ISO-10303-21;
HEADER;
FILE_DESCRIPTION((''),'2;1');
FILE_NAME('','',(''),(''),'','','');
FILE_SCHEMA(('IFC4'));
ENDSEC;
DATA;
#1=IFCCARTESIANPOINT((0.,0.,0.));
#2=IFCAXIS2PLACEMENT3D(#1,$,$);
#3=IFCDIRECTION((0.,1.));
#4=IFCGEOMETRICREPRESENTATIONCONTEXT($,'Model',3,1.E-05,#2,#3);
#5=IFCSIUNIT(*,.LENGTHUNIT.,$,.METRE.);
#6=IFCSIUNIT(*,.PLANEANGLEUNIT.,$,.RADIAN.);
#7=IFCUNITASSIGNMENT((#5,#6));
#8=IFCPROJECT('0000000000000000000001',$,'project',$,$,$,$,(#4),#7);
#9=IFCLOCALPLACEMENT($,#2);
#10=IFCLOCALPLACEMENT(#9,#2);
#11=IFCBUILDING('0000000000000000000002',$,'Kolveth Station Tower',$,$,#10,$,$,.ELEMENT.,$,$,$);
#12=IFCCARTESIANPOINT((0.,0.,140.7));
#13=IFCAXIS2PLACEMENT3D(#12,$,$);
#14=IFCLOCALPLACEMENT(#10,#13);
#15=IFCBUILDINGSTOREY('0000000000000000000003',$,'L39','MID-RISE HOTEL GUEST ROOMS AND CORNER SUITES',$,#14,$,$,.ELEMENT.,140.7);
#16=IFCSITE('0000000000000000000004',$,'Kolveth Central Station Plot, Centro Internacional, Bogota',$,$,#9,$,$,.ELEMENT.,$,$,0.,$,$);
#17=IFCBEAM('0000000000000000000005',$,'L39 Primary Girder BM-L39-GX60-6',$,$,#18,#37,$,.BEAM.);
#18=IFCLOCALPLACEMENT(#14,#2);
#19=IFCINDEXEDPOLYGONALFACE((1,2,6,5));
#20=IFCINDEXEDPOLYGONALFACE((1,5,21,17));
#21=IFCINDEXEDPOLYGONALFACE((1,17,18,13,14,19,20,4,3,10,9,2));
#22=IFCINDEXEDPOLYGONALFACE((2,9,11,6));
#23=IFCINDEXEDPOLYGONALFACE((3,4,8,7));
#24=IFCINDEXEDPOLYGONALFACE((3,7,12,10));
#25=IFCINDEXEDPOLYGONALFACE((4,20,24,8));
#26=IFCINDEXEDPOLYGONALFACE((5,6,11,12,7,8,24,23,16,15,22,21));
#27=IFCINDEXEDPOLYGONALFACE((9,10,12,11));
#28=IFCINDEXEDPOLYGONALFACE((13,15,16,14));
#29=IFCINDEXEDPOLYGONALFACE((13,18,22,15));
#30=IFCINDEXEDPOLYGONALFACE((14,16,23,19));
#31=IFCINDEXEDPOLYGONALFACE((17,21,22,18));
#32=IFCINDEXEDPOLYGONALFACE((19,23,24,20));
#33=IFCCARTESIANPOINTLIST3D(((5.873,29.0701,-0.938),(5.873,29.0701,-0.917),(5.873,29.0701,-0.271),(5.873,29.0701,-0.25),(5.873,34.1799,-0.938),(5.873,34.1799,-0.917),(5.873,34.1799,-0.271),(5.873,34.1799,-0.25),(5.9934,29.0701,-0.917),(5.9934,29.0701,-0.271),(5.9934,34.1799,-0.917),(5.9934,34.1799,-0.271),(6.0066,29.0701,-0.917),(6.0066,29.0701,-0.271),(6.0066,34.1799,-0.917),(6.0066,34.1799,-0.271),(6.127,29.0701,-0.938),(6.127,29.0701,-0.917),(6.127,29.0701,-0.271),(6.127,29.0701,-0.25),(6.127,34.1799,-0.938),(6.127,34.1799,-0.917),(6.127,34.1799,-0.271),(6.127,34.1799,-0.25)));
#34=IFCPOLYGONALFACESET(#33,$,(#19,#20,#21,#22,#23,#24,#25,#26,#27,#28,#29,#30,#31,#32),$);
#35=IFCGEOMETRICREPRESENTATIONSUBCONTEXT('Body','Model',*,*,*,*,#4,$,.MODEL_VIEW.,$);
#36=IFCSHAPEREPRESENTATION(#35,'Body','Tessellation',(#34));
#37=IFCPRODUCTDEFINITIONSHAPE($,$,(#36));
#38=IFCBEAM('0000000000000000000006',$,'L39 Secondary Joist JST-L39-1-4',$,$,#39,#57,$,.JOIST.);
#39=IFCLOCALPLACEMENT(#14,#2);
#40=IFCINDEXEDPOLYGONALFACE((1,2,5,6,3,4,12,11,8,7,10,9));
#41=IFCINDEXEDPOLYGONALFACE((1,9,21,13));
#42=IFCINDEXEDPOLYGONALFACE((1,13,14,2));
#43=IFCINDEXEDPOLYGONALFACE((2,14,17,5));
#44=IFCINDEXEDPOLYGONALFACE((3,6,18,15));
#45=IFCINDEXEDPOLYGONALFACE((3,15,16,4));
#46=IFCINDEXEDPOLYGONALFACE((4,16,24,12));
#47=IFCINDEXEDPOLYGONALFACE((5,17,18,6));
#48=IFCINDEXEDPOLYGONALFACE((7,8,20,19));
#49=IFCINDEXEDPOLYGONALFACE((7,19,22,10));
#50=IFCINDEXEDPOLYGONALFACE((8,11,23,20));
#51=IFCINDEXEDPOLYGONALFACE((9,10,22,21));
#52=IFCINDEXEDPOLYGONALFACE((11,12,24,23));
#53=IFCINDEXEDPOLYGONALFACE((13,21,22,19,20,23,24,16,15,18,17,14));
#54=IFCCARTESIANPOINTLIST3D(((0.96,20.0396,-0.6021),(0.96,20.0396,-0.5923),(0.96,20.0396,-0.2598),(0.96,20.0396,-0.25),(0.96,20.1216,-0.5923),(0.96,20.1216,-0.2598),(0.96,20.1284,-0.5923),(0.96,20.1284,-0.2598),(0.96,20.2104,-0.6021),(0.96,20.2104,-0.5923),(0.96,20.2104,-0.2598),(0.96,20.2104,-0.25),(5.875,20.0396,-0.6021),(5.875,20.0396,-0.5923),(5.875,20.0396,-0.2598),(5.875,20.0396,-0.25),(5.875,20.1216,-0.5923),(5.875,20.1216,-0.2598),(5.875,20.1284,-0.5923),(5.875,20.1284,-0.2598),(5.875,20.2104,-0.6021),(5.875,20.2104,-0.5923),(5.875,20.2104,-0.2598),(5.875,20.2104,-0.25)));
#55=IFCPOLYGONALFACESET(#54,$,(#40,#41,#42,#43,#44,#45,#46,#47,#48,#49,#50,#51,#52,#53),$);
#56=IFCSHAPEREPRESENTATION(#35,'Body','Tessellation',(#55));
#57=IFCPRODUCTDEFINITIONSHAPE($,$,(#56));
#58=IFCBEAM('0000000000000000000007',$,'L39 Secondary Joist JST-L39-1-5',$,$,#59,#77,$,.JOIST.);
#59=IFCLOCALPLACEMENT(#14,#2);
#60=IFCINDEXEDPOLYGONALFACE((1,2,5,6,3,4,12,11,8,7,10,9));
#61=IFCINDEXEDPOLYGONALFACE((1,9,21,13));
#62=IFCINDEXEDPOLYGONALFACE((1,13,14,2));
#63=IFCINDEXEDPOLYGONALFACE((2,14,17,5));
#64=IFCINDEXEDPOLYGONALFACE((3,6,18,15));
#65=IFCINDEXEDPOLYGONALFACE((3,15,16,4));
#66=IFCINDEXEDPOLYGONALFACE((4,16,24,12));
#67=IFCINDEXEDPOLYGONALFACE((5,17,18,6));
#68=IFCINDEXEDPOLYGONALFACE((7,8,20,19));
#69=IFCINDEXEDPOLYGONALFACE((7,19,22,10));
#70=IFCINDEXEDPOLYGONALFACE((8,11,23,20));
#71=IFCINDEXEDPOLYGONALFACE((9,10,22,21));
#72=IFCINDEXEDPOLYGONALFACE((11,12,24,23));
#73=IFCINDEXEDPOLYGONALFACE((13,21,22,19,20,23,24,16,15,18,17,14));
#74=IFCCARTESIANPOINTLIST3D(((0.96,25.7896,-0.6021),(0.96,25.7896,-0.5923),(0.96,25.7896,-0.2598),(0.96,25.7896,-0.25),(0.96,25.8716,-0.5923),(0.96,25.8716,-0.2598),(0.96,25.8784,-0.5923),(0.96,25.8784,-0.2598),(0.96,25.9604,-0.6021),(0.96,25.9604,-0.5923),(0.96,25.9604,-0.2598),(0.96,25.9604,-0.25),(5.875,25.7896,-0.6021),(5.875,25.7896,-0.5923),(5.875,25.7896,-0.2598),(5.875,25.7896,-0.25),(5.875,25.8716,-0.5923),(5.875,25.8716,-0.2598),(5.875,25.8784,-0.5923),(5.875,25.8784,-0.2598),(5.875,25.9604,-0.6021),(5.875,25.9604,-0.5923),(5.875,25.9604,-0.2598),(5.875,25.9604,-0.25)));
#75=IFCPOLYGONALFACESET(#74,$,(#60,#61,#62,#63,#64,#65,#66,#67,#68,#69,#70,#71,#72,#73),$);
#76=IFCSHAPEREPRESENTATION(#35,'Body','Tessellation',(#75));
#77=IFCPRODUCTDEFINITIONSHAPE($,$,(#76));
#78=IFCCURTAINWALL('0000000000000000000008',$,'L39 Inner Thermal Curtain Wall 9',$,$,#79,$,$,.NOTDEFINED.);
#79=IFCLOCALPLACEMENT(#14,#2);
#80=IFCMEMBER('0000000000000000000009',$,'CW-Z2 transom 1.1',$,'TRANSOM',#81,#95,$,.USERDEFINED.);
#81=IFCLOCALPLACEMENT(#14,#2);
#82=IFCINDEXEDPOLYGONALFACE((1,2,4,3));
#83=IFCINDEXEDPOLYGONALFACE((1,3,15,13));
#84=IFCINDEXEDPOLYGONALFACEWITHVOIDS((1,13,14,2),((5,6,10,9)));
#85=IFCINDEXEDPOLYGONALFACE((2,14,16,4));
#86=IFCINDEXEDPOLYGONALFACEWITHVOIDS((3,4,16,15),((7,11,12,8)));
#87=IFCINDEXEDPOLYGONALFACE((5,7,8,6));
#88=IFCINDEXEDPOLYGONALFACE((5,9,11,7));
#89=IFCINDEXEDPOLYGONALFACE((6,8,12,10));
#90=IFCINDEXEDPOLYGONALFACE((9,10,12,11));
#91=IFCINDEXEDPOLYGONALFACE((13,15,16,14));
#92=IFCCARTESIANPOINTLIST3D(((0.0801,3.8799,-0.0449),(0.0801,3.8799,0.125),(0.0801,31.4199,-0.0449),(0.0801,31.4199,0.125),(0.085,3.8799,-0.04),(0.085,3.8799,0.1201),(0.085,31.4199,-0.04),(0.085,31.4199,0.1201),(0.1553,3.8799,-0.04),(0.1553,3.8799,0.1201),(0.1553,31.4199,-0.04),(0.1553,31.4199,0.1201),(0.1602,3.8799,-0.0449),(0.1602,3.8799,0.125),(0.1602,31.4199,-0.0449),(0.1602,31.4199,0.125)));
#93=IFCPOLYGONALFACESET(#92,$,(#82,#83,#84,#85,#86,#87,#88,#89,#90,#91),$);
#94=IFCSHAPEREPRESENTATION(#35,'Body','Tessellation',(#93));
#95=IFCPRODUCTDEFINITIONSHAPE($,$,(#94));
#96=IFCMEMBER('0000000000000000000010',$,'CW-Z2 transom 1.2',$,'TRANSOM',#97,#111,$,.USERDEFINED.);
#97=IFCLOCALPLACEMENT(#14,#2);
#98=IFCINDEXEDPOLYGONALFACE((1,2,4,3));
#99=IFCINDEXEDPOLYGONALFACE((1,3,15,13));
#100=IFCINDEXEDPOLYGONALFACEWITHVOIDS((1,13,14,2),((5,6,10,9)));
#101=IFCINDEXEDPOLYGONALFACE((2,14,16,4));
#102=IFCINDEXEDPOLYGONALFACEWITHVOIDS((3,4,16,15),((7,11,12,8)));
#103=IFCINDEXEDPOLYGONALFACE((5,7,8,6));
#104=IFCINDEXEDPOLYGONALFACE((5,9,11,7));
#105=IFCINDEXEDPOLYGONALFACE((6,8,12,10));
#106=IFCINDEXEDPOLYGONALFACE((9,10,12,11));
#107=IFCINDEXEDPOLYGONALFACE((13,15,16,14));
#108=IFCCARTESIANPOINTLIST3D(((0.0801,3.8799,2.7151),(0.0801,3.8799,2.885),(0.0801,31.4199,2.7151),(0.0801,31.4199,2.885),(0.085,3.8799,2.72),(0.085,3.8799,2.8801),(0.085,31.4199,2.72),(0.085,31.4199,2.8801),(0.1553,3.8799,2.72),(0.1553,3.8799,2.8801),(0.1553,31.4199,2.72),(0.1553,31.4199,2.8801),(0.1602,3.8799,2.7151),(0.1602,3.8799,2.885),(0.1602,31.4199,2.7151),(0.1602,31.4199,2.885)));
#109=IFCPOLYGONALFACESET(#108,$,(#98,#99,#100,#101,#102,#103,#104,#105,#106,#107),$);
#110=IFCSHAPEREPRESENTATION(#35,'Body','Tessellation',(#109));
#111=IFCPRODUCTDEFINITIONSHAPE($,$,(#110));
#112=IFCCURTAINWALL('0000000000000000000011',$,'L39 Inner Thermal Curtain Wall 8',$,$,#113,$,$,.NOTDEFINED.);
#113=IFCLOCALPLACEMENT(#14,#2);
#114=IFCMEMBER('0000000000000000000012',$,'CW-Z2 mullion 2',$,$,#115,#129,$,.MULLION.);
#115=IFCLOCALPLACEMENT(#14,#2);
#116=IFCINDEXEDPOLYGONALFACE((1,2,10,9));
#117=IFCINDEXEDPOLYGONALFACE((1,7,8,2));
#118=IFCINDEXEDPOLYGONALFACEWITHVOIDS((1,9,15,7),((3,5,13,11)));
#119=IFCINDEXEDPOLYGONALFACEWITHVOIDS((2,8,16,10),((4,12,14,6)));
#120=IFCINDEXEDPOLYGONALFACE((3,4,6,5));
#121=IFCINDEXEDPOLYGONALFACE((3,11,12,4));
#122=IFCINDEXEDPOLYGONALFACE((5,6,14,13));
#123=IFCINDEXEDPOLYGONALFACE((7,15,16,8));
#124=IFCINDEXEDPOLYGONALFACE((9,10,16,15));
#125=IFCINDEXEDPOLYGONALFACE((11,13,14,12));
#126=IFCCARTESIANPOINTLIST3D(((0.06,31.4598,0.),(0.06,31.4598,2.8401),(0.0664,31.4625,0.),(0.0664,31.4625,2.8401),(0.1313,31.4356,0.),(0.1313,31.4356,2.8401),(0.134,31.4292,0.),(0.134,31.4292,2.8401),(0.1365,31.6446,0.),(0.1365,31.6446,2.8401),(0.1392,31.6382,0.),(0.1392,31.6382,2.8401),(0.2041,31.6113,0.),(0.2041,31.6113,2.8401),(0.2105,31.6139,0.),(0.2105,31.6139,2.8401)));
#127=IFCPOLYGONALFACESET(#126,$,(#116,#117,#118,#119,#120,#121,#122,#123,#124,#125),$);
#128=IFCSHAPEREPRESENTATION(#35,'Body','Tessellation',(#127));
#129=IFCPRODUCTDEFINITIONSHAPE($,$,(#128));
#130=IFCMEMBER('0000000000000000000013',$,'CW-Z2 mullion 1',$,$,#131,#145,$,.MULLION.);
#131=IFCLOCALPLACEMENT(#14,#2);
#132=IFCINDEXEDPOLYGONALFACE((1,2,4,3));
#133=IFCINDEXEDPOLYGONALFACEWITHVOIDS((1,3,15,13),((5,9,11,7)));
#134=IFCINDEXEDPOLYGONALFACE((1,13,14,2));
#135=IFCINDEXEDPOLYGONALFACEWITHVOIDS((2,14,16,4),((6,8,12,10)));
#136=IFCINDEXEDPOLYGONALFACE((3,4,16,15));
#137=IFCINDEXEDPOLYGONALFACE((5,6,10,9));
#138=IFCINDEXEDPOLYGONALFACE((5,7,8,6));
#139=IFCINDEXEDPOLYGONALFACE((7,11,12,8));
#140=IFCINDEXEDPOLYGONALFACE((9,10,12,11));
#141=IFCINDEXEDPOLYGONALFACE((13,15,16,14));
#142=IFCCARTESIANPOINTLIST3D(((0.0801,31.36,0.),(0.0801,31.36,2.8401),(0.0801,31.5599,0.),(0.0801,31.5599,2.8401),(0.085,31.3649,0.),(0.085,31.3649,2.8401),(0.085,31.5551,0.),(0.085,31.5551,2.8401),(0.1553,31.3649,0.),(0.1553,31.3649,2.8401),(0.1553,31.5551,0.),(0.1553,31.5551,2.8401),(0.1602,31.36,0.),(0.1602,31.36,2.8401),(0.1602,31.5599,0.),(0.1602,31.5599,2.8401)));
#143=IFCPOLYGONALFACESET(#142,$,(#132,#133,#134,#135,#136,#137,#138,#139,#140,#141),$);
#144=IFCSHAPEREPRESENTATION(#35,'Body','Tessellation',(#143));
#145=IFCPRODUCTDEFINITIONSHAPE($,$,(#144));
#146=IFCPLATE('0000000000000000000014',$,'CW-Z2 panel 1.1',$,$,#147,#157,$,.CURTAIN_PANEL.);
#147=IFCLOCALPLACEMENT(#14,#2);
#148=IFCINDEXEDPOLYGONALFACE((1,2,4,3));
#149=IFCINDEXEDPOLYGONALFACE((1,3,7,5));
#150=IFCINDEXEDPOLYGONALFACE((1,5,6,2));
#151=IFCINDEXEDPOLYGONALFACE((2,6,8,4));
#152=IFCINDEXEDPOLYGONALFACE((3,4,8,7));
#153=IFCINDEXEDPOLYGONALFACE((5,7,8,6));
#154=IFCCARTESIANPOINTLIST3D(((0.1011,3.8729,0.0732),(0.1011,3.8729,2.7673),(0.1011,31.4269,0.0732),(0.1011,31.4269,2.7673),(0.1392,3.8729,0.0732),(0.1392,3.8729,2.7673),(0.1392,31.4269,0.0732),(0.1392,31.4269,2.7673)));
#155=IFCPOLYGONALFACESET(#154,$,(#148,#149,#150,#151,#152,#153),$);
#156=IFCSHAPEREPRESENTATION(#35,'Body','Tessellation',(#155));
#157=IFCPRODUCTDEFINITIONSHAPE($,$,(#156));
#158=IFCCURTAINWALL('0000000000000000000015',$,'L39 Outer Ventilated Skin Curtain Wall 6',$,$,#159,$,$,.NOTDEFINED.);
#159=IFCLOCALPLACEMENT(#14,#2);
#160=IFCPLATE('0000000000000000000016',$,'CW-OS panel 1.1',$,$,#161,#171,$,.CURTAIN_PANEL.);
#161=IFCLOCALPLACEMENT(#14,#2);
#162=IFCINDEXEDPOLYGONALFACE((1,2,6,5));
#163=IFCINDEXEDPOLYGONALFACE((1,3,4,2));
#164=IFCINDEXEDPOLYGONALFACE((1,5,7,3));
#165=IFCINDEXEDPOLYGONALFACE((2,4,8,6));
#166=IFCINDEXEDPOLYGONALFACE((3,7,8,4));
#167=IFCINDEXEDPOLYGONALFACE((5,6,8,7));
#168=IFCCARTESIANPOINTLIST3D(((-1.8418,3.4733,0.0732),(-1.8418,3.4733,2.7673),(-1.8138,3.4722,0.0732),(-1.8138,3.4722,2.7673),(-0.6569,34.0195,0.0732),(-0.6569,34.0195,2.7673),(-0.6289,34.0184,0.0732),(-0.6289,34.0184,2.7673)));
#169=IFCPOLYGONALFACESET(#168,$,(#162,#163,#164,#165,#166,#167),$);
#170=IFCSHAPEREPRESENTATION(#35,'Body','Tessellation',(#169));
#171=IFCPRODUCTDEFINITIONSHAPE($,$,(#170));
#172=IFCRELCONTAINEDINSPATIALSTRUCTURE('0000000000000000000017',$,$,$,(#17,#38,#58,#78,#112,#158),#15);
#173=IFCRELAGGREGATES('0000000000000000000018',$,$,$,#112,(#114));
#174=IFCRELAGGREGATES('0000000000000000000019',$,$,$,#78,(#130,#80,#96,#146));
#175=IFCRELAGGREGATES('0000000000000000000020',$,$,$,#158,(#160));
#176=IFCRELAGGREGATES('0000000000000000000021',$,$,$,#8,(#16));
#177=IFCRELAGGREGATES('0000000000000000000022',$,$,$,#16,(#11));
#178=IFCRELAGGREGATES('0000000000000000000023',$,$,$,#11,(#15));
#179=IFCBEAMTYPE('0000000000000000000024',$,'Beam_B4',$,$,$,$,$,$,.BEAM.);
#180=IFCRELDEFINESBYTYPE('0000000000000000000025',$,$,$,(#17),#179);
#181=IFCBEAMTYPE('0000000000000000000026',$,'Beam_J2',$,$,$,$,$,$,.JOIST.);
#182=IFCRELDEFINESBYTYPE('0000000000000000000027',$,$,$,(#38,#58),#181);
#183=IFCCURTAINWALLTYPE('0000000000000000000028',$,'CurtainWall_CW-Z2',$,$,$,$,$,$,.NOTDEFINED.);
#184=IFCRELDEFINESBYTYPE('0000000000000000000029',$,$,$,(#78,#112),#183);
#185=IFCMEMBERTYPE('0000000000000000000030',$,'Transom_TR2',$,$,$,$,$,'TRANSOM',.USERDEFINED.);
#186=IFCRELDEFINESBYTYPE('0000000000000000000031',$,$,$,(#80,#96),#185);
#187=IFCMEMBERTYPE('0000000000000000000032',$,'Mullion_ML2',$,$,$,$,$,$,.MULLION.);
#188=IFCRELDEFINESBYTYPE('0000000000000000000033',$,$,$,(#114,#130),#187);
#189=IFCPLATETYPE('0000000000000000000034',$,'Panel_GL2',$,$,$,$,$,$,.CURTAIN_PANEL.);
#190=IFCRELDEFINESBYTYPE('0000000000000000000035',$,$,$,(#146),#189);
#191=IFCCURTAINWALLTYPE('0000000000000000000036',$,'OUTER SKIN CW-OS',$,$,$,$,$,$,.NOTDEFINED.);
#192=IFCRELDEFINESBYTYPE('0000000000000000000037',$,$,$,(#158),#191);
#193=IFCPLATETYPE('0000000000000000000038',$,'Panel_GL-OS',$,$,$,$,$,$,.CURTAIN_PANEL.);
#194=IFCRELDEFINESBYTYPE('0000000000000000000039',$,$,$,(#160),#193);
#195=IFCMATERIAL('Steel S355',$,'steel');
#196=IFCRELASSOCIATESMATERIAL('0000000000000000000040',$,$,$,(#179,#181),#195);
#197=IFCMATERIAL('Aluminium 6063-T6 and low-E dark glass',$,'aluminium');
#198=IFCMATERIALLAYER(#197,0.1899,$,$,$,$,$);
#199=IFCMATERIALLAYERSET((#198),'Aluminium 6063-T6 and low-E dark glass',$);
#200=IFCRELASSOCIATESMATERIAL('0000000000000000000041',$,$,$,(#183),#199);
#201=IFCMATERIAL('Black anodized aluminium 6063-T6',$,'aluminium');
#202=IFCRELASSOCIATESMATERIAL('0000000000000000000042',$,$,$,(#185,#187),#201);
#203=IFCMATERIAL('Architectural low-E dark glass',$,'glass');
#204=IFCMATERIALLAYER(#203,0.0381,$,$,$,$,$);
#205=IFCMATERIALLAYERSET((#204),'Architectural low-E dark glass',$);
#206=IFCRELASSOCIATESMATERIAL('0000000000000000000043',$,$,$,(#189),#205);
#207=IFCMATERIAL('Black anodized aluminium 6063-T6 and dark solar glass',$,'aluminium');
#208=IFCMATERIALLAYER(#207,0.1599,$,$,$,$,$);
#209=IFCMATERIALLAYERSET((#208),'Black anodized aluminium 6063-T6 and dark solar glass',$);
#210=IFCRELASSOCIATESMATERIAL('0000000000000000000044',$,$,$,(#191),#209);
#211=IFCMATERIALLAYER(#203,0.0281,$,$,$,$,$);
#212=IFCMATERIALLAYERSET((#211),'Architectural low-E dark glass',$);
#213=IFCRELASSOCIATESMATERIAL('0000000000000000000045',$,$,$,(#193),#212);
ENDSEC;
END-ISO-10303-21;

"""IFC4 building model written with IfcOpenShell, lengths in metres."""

from ifc_helpers import new_model, si_unit, direction, frame, origin, origin_2d, place, context, subcontext, project, spatial, rectangle, hollow_rectangle, i_section, extrude, source, transform, mapped, material, layer, layer_set, material_profile, profile_set, type_object, element, aggregate, save


model = new_model("IFC4")

# Units and contexts
model_context = context("Model", 3, precision=1e-05, world=origin(), true_north=direction((0.0, 1.0)))
body_context = subcontext(model_context, "Body", "Model", "MODEL_VIEW")
ifc_project = project(units=[si_unit("LENGTHUNIT", "METRE"), si_unit("PLANEANGLEUNIT", "RADIAN")], contexts=[model_context])

# Site, building, storey
site_placement = place(None, origin())
site = spatial("IfcSite", under=ifc_project, at=site_placement, Name="Kolveth Central Station Plot, Centro Internacional, Bogota", CompositionType="ELEMENT", RefElevation=0.0)
building_placement = place(site_placement, origin())
building = spatial("IfcBuilding", under=site, at=building_placement, Name="Kolveth Station Tower", CompositionType="ELEMENT")
storey_placement = place(building_placement, frame((0.0, 0.0, 140.7)))
storey = spatial("IfcBuildingStorey", under=building, at=storey_placement, Name="L39", Description="MID-RISE HOTEL GUEST ROOMS AND CORNER SUITES", CompositionType="ELEMENT", Elevation=140.7)

# Beams
ifc_material_1 = material(Name="Steel S355", Category="steel")
ifc_material_profile_1 = material_profile(ifc_material_1, i_section(OverallWidth=0.2539, OverallDepth=0.688, WebThickness=0.0132, FlangeThickness=0.021, at=origin_2d()), Name="W690x152")
ifc_profile_set_1 = profile_set([ifc_material_profile_1], Name="Steel S355")
beam_type_1 = type_object("IfcBeamType", Name="Beam_B4", PredefinedType="BEAM", material=ifc_profile_set_1)
shared_shape_1 = source(origin(), body_context, "Body", "SweptSolid", [
    extrude(i_section(OverallWidth=0.2539, OverallDepth=0.688, WebThickness=0.0132, FlangeThickness=0.021, at=origin_2d()), origin(), (0.0, 0.0, 1.0), 5.1099),
])
for number, where, z_axis, x_axis, name in (
    (1, (6.0, 29.0701, -0.594), (0.0, 1.0, 0.0), (-1.0, 0.0, 0.0), "L39 Primary Girder BM-L39-GX60-6"),
):
    element("IfcBeam", number, at=place(storey_placement, frame(where, z_axis=z_axis, x_axis=x_axis)), inside=storey, type_object=beam_type_1, Name=name, PredefinedType="BEAM", context=body_context, shape_type="MappedRepresentation", body=[
        mapped(shared_shape_1, transform((0.0, 0.0, 0.0), x_axis=(1.0, 0.0, 0.0), y_axis=(0.0, 1.0, 0.0), z_axis=(0.0, 0.0, 1.0), scale=1.0)),
    ])
ifc_material_profile_2 = material_profile(ifc_material_1, i_section(OverallWidth=0.1709, OverallDepth=0.3521, WebThickness=0.0068, FlangeThickness=0.0098, at=origin_2d()), Name="W360x44")
ifc_profile_set_2 = profile_set([ifc_material_profile_2], Name="Steel S355")
beam_type_2 = type_object("IfcBeamType", Name="Beam_J2", PredefinedType="JOIST", material=ifc_profile_set_2)
shared_shape_2 = source(origin(), body_context, "Body", "SweptSolid", [
    extrude(i_section(OverallWidth=0.1709, OverallDepth=0.3521, WebThickness=0.0068, FlangeThickness=0.0098, at=origin_2d()), origin(), (0.0, 0.0, 1.0), 4.915),
])
for number, where, z_axis, x_axis, name in (
    (2, (0.96, 20.125, -0.426), (1.0, 0.0, 0.0), (0.0, 1.0, 0.0), "L39 Secondary Joist JST-L39-1-4"),
    (3, (0.96, 25.875, -0.426), (1.0, 0.0, 0.0), (0.0, 1.0, 0.0), "L39 Secondary Joist JST-L39-1-5"),
):
    element("IfcBeam", number, at=place(storey_placement, frame(where, z_axis=z_axis, x_axis=x_axis)), inside=storey, type_object=beam_type_2, Name=name, PredefinedType="JOIST", context=body_context, shape_type="MappedRepresentation", body=[
        mapped(shared_shape_2, transform((0.0, 0.0, 0.0), x_axis=(1.0, 0.0, 0.0), y_axis=(0.0, 1.0, 0.0), z_axis=(0.0, 0.0, 1.0), scale=1.0)),
    ])

# Curtain wall, members
ifc_material_2 = material(Name="Aluminium 6063-T6 and low-E dark glass", Category="aluminium")
ifc_layer_1 = layer(ifc_material_2, 0.1899)
ifc_layer_set_1 = layer_set([ifc_layer_1], Name="Aluminium 6063-T6 and low-E dark glass")
curtain_wall_type_1 = type_object("IfcCurtainWallType", Name="CurtainWall_CW-Z2", PredefinedType="NOTDEFINED", material=ifc_layer_set_1)
curtain_wall_1_placement = place(storey_placement, origin())
curtain_wall_1 = element("IfcCurtainWall", 4, at=curtain_wall_1_placement, inside=storey, type_object=curtain_wall_type_1, Name="L39 Inner Thermal Curtain Wall 9", PredefinedType="NOTDEFINED")
ifc_material_3 = material(Name="Black anodized aluminium 6063-T6", Category="aluminium")
ifc_material_profile_3 = material_profile(ifc_material_3, hollow_rectangle(XDim=0.0801, YDim=0.1699, WallThickness=0.0049, at=origin_2d()), Name="ALU-80x170x5")
ifc_profile_set_3 = profile_set([ifc_material_profile_3], Name="Black anodized aluminium 6063-T6")
member_type_1 = type_object("IfcMemberType", Name="Transom_TR2", ElementType="TRANSOM", PredefinedType="USERDEFINED", material=ifc_profile_set_3)
shared_shape_3 = source(origin(), body_context, "Body", "SweptSolid", [
    extrude(hollow_rectangle(XDim=0.0801, YDim=0.1699, WallThickness=0.0049, at=origin_2d()), origin(), (0.0, 0.0, 1.0), 27.54),
])
member_1_placement = place(storey_placement, frame((0.1201, 31.4199, 0.04), z_axis=(0.0, -1.0, 0.0), x_axis=(1.0, 0.0, 0.0)))
member_1 = element("IfcMember", 5, at=member_1_placement, type_object=member_type_1, Name="CW-Z2 transom 1.1", ObjectType="TRANSOM", PredefinedType="USERDEFINED", context=body_context, shape_type="MappedRepresentation", body=[
    mapped(shared_shape_3, transform((0.0, 0.0, 0.0), x_axis=(1.0, 0.0, 0.0), y_axis=(0.0, 1.0, 0.0), z_axis=(0.0, 0.0, 1.0), scale=1.0)),
])
member_2_placement = place(storey_placement, frame((0.1201, 31.4199, 2.8), z_axis=(0.0, -1.0, 0.0), x_axis=(1.0, 0.0, 0.0)))
member_2 = element("IfcMember", 6, at=member_2_placement, type_object=member_type_1, Name="CW-Z2 transom 1.2", ObjectType="TRANSOM", PredefinedType="USERDEFINED", context=body_context, shape_type="MappedRepresentation", body=[
    mapped(shared_shape_3, transform((0.0, 0.0, 0.0), x_axis=(1.0, 0.0, 0.0), y_axis=(0.0, 1.0, 0.0), z_axis=(0.0, 0.0, 1.0), scale=1.0)),
])

# Curtain wall, member
curtain_wall_2_placement = place(storey_placement, origin())
curtain_wall_2 = element("IfcCurtainWall", 7, at=curtain_wall_2_placement, inside=storey, type_object=curtain_wall_type_1, Name="L39 Inner Thermal Curtain Wall 8", PredefinedType="NOTDEFINED")
ifc_material_profile_4 = material_profile(ifc_material_3, hollow_rectangle(XDim=0.0801, YDim=0.2, WallThickness=0.0049, at=origin_2d()), Name="ALU-80x200x5")
ifc_profile_set_4 = profile_set([ifc_material_profile_4], Name="Black anodized aluminium 6063-T6")
member_type_2 = type_object("IfcMemberType", Name="Mullion_ML2", PredefinedType="MULLION", material=ifc_profile_set_4)
shared_shape_4 = source(origin(), body_context, "Body", "SweptSolid", [
    extrude(hollow_rectangle(XDim=0.0801, YDim=0.2, WallThickness=0.0049, at=origin_2d()), origin(), (0.0, 0.0, 1.0), 2.8401),
])
member_3_placement = place(storey_placement, frame((0.1353, 31.5369, 0.0), z_axis=(0.0, 0.0, 1.0), x_axis=(0.923888, -0.382663, 0.0)))
member_3 = element("IfcMember", 8, at=member_3_placement, type_object=member_type_2, Name="CW-Z2 mullion 2", PredefinedType="MULLION", context=body_context, shape_type="MappedRepresentation", body=[
    mapped(shared_shape_4, transform((0.0, 0.0, 0.0), x_axis=(1.0, 0.0, 0.0), y_axis=(0.0, 1.0, 0.0), z_axis=(0.0, 0.0, 1.0), scale=1.0)),
])
aggregate(curtain_wall_2, [member_3])

# Member
member_4_placement = place(storey_placement, frame((0.1201, 31.46, 0.0), z_axis=(0.0, 0.0, 1.0), x_axis=(1.0, 0.0, 0.0)))
member_4 = element("IfcMember", 9, at=member_4_placement, type_object=member_type_2, Name="CW-Z2 mullion 1", PredefinedType="MULLION", context=body_context, shape_type="MappedRepresentation", body=[
    mapped(shared_shape_4, transform((0.0, 0.0, 0.0), x_axis=(1.0, 0.0, 0.0), y_axis=(0.0, 1.0, 0.0), z_axis=(0.0, 0.0, 1.0), scale=1.0)),
])

# Plate
ifc_material_4 = material(Name="Architectural low-E dark glass", Category="glass")
ifc_layer_2 = layer(ifc_material_4, 0.0381)
ifc_layer_set_2 = layer_set([ifc_layer_2], Name="Architectural low-E dark glass")
plate_type_1 = type_object("IfcPlateType", Name="Panel_GL2", PredefinedType="CURTAIN_PANEL", material=ifc_layer_set_2)
shared_shape_5 = source(origin(), body_context, "Body", "SweptSolid", [
    extrude(rectangle(XDim=27.554, YDim=0.0381, at=origin_2d()), origin(), (0.0, 0.0, 1.0), 2.6941),
])
plate_1_placement = place(storey_placement, frame((0.1201, 17.6499, 0.0732), z_axis=(0.0, 0.0, 1.0), x_axis=(0.0, -1.0, 0.0)))
plate_1 = element("IfcPlate", 10, at=plate_1_placement, type_object=plate_type_1, Name="CW-Z2 panel 1.1", PredefinedType="CURTAIN_PANEL", context=body_context, shape_type="MappedRepresentation", body=[
    mapped(shared_shape_5, transform((0.0, 0.0, 0.0), x_axis=(1.0, 0.0, 0.0), y_axis=(0.0, 1.0, 0.0), z_axis=(0.0, 0.0, 1.0), scale=1.0)),
])
aggregate(curtain_wall_1, [member_4, member_1, member_2, plate_1])

# Curtain wall, plate
ifc_material_5 = material(Name="Black anodized aluminium 6063-T6 and dark solar glass", Category="aluminium")
ifc_layer_3 = layer(ifc_material_5, 0.1599)
ifc_layer_set_3 = layer_set([ifc_layer_3], Name="Black anodized aluminium 6063-T6 and dark solar glass")
curtain_wall_type_2 = type_object("IfcCurtainWallType", Name="OUTER SKIN CW-OS", PredefinedType="NOTDEFINED", material=ifc_layer_set_3)
curtain_wall_3_placement = place(storey_placement, origin())
curtain_wall_3 = element("IfcCurtainWall", 11, at=curtain_wall_3_placement, inside=storey, type_object=curtain_wall_type_2, Name="L39 Outer Ventilated Skin Curtain Wall 6", PredefinedType="NOTDEFINED")
ifc_layer_4 = layer(ifc_material_4, 0.0281)
ifc_layer_set_4 = layer_set([ifc_layer_4], Name="Architectural low-E dark glass")
plate_type_2 = type_object("IfcPlateType", Name="Panel_GL-OS", PredefinedType="CURTAIN_PANEL", material=ifc_layer_set_4)
shared_shape_6 = source(origin(), body_context, "Body", "SweptSolid", [
    extrude(rectangle(XDim=30.5691, YDim=0.0281, at=origin_2d()), origin(), (0.0, 0.0, 1.0), 2.6941),
])
plate_2_placement = place(storey_placement, frame((-1.2354, 18.7458, 0.0732), z_axis=(0.0, 0.0, 1.0), x_axis=(-0.03876, -0.999249, 0.0)))
plate_2 = element("IfcPlate", 12, at=plate_2_placement, type_object=plate_type_2, Name="CW-OS panel 1.1", PredefinedType="CURTAIN_PANEL", context=body_context, shape_type="MappedRepresentation", body=[
    mapped(shared_shape_6, transform((0.0, 0.0, 0.0), x_axis=(1.0, 0.0, 0.0), y_axis=(0.0, 1.0, 0.0), z_axis=(0.0, 0.0, 1.0), scale=1.0)),
])
aggregate(curtain_wall_3, [plate_2])

save(model, "model.ifc")
